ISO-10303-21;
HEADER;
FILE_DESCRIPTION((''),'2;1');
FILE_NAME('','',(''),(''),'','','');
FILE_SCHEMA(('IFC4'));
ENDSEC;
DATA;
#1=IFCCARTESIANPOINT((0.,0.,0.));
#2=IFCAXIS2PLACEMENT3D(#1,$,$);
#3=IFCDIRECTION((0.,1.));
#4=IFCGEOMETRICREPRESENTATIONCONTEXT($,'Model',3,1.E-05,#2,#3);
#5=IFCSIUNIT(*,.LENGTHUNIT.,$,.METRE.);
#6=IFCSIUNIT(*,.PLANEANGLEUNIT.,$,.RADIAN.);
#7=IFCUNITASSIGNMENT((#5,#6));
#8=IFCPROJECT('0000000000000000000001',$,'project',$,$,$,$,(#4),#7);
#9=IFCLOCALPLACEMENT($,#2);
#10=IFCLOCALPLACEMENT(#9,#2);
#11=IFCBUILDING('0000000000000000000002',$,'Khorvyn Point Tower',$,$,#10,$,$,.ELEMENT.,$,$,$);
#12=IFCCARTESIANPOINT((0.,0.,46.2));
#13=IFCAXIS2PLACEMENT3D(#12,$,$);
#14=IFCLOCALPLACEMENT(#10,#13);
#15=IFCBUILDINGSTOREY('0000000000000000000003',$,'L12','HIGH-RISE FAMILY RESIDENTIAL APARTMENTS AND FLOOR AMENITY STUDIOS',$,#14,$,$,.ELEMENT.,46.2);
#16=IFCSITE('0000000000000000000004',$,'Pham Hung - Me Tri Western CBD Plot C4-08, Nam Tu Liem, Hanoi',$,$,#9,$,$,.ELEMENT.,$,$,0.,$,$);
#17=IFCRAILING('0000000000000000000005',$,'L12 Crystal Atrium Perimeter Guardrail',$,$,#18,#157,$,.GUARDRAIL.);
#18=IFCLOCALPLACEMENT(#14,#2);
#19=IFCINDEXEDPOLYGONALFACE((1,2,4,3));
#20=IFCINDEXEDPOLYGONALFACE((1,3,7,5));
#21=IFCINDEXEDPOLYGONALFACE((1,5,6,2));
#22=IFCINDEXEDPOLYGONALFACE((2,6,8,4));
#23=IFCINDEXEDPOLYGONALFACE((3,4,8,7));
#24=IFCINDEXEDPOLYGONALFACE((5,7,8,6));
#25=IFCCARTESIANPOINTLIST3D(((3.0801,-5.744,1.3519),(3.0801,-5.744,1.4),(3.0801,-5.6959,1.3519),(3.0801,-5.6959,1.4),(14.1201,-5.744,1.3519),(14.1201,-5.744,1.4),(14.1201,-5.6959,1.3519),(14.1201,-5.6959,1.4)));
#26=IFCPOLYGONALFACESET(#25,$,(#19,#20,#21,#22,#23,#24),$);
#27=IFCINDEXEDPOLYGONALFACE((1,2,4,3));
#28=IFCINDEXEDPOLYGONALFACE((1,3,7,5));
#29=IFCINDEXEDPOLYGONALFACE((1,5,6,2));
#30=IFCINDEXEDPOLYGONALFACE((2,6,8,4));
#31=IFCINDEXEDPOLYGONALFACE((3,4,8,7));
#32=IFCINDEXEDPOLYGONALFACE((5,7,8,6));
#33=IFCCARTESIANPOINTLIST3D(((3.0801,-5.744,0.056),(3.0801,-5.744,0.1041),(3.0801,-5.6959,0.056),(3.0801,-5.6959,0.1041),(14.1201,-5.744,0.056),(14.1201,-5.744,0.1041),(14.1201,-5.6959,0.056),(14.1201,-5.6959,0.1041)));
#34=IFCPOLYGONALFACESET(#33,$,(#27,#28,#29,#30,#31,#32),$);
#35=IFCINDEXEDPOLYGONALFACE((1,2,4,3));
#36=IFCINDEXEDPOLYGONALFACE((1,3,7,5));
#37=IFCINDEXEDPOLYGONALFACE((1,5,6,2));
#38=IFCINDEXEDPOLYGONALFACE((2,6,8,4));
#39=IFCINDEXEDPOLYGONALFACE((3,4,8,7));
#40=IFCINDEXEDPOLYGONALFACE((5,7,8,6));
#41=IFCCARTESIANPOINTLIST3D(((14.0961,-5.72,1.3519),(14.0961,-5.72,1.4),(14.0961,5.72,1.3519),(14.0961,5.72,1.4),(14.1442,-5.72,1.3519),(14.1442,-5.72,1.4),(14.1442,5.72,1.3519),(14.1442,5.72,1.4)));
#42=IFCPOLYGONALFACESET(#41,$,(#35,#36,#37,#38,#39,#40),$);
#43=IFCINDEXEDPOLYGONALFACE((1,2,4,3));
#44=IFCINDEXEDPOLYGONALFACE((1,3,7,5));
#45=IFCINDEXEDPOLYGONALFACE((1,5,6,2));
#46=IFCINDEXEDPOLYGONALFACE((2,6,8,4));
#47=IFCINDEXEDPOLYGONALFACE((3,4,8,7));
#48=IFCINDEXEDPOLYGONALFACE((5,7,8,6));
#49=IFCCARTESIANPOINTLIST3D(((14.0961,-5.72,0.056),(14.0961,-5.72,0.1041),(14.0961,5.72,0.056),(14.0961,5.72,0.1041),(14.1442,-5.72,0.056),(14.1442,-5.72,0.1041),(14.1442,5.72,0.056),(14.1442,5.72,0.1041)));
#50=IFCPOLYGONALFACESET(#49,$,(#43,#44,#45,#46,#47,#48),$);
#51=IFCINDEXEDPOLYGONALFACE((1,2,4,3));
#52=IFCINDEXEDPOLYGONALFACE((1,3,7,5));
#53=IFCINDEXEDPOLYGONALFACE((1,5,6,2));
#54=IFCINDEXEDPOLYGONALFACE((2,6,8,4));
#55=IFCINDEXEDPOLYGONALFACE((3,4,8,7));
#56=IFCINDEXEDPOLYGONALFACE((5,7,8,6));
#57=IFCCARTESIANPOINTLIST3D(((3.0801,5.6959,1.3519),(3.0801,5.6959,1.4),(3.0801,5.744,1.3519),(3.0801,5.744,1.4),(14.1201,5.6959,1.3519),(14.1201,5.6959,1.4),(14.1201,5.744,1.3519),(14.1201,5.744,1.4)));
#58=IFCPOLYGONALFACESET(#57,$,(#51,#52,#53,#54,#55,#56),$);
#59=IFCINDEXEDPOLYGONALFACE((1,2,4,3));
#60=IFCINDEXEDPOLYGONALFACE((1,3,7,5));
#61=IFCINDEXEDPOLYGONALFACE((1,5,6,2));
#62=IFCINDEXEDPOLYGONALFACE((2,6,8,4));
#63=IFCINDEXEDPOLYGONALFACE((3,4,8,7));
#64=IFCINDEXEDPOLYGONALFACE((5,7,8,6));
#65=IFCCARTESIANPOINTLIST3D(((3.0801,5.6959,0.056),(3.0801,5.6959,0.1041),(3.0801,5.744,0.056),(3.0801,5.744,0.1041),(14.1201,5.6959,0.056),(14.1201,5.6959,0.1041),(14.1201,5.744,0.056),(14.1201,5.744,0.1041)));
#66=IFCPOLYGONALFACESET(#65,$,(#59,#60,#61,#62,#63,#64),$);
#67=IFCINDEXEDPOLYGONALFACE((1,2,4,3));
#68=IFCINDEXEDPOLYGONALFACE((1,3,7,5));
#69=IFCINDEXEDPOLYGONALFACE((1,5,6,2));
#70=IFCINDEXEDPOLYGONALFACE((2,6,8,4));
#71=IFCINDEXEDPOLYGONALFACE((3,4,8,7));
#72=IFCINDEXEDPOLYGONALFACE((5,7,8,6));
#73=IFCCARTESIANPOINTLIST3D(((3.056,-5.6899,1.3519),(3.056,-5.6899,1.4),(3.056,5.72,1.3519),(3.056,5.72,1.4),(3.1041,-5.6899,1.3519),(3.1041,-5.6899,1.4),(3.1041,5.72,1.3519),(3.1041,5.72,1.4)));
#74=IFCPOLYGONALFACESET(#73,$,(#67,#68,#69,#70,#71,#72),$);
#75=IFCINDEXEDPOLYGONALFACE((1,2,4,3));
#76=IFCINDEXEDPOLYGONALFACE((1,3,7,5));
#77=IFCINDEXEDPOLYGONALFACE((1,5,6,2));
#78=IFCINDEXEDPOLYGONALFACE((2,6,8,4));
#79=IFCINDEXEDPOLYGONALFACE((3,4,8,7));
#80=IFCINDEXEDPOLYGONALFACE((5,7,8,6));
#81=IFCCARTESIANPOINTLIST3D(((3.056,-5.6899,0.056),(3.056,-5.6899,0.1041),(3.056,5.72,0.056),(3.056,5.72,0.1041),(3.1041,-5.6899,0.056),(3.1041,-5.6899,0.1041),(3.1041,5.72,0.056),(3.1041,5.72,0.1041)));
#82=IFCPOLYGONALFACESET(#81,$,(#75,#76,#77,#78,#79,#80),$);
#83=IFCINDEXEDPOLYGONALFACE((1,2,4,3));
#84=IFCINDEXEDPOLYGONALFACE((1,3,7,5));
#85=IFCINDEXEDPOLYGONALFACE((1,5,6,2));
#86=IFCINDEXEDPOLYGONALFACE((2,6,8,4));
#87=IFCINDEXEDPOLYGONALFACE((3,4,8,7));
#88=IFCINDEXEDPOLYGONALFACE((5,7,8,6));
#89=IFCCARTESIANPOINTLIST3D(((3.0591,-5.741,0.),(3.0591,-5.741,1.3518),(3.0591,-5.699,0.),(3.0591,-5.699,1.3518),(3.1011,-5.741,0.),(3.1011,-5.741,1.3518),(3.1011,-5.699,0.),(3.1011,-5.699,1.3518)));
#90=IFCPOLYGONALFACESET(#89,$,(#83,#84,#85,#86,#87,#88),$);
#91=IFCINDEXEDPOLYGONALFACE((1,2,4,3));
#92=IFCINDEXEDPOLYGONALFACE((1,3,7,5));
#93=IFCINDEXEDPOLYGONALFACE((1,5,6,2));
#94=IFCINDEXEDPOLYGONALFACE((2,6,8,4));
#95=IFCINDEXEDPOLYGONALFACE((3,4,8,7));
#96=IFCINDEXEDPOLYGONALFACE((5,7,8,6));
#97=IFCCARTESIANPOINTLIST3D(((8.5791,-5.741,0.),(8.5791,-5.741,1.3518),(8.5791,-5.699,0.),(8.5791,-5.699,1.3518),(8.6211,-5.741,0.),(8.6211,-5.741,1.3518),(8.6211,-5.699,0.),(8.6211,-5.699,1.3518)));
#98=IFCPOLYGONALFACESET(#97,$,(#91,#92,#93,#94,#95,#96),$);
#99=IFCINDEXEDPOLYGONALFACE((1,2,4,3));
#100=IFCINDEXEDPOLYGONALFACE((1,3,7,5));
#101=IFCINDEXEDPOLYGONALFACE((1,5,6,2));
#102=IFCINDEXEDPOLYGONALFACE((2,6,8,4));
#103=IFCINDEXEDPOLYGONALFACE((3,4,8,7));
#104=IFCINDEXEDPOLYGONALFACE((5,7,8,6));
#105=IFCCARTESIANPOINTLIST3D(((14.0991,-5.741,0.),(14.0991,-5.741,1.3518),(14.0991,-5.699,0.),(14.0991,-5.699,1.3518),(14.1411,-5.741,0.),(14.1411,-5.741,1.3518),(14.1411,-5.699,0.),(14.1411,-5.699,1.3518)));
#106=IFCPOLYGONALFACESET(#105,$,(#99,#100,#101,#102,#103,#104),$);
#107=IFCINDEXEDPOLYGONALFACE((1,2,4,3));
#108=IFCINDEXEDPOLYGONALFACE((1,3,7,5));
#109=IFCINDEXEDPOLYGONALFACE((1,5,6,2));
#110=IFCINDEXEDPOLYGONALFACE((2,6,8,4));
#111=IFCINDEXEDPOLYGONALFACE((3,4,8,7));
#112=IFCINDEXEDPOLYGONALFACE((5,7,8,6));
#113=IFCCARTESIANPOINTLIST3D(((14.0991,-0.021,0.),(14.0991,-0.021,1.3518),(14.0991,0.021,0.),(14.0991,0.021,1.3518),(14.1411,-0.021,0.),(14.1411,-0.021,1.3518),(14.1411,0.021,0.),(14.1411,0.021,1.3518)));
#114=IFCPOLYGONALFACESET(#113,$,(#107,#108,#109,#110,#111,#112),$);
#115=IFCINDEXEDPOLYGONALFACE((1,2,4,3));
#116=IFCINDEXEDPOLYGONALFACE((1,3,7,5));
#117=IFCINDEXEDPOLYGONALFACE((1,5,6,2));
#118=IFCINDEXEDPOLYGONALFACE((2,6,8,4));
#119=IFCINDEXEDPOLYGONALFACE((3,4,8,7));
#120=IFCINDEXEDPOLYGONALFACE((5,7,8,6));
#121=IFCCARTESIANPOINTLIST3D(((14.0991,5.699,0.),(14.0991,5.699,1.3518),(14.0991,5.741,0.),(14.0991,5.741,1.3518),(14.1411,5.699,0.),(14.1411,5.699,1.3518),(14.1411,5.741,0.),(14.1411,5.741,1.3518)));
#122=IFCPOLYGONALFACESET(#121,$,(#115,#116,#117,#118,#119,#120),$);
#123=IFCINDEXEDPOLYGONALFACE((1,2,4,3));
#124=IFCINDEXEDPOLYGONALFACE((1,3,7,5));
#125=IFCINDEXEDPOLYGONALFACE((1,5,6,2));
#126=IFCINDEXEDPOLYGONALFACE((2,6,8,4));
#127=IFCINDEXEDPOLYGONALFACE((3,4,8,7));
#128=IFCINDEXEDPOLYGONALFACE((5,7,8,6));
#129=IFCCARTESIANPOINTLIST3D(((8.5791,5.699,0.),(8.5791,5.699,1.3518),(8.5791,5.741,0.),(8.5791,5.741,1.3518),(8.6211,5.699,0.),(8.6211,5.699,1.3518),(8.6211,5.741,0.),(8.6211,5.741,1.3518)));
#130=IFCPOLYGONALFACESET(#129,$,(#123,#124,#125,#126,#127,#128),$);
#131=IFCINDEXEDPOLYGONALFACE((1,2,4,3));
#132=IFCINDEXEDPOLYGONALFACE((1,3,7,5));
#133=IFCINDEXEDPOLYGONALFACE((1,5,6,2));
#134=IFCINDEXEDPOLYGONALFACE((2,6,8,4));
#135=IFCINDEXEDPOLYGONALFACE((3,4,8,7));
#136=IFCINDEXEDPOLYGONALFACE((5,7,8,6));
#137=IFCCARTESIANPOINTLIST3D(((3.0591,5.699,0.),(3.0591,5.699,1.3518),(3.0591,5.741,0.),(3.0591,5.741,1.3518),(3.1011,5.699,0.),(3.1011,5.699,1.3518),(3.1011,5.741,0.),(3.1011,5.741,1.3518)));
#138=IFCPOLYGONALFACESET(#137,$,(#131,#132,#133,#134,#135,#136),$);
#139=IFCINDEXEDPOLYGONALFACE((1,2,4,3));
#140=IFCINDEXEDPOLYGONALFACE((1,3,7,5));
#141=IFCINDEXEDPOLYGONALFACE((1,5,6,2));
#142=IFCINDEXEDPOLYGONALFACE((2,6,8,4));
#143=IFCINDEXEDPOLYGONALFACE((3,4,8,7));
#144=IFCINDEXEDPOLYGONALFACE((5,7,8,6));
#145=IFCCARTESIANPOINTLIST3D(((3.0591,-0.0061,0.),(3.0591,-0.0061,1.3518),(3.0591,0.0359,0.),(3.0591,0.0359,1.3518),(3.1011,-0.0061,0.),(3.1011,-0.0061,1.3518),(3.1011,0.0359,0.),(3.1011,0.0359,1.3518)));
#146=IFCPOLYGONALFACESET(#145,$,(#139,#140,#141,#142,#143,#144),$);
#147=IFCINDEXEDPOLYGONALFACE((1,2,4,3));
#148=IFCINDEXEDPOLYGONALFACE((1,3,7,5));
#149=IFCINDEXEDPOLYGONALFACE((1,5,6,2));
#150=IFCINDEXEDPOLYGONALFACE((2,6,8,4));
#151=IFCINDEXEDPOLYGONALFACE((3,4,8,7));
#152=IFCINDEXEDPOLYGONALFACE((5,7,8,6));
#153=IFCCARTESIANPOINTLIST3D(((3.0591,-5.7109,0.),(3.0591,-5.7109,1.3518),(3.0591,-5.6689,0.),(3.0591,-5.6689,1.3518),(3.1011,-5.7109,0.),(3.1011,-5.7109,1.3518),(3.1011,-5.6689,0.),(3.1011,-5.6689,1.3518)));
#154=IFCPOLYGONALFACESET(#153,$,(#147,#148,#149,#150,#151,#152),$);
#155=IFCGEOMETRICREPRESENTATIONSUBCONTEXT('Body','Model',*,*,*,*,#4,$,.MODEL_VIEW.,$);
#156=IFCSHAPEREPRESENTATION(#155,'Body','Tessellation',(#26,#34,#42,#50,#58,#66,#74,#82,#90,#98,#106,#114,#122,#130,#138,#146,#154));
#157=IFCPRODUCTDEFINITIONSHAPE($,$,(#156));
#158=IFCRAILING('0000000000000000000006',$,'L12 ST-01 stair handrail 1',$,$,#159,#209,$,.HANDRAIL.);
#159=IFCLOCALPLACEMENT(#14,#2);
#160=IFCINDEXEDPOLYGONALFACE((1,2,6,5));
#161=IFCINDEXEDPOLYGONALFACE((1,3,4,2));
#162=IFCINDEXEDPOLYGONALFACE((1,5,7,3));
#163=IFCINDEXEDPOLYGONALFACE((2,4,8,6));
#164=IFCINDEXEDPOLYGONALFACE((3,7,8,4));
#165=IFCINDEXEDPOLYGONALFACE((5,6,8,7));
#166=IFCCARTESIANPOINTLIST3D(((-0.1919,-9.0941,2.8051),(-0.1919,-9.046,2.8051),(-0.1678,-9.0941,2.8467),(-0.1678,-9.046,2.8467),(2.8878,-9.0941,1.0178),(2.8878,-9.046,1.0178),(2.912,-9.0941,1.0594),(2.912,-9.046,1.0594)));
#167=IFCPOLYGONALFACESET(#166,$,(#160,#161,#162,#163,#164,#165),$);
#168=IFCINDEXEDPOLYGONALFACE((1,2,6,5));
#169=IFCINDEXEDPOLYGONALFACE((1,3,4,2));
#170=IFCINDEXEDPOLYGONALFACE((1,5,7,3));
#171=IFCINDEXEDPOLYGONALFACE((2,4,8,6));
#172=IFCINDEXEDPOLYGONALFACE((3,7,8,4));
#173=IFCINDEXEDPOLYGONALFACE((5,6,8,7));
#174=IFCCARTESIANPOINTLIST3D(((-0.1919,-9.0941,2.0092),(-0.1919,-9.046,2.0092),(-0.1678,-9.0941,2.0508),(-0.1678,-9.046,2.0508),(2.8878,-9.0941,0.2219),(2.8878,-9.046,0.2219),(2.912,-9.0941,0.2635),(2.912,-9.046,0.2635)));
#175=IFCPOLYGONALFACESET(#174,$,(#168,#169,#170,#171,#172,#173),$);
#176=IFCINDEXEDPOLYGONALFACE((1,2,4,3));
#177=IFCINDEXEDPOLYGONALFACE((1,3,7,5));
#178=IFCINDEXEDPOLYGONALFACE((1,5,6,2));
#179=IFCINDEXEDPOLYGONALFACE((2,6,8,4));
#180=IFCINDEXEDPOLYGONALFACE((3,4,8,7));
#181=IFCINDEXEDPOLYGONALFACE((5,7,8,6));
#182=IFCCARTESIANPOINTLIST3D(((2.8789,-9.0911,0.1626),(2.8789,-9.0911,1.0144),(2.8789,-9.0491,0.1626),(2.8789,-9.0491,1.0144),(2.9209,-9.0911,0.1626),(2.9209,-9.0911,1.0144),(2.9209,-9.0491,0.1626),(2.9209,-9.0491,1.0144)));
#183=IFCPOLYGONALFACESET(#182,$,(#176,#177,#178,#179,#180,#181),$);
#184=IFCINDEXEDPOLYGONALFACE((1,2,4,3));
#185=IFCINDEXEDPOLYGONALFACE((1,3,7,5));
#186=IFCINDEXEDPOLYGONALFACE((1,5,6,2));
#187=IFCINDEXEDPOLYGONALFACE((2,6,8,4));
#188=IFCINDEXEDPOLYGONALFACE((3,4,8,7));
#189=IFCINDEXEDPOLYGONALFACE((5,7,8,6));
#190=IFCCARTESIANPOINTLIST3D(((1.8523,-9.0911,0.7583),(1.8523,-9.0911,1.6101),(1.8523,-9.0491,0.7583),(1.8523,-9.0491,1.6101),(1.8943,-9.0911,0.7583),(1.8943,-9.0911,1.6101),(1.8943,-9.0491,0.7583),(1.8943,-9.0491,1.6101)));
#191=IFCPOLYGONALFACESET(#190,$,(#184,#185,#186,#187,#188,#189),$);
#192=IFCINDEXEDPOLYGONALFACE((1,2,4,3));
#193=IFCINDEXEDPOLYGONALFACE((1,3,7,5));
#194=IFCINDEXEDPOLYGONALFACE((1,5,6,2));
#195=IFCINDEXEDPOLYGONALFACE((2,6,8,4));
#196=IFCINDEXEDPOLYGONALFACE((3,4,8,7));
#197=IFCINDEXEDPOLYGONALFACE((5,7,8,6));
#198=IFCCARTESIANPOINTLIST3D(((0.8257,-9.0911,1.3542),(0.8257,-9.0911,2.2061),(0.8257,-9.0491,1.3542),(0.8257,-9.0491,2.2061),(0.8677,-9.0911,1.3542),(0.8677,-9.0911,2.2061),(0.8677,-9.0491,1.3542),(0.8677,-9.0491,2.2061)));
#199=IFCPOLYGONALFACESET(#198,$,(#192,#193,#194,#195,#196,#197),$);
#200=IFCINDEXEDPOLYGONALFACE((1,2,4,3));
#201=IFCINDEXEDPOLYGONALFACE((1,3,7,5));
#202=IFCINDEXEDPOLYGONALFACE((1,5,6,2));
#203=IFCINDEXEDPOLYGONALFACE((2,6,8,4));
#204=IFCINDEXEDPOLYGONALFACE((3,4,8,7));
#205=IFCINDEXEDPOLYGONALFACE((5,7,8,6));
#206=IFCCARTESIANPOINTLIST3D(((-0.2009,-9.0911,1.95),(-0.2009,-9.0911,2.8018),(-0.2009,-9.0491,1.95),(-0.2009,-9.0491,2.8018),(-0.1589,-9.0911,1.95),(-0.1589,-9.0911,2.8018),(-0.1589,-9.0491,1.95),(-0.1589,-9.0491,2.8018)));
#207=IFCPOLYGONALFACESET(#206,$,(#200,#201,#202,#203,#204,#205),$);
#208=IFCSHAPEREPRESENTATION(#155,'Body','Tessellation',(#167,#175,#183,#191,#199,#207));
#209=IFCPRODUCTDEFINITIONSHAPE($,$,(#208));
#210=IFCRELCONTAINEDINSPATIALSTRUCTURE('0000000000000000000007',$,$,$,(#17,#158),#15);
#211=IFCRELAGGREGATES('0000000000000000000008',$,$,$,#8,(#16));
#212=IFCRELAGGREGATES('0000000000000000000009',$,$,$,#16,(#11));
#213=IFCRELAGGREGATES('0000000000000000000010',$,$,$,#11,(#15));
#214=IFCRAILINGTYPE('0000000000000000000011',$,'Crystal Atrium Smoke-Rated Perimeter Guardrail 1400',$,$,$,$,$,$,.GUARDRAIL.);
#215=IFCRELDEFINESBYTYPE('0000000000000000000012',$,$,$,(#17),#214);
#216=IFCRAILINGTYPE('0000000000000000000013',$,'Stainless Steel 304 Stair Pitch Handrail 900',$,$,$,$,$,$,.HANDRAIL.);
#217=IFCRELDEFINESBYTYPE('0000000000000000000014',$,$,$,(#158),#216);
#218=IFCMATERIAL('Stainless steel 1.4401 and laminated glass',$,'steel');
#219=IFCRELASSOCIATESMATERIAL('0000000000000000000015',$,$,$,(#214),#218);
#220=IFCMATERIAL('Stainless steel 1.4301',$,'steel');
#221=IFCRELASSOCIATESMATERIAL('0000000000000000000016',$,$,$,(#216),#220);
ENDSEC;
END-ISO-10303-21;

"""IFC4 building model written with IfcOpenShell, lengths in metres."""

from ifc_helpers import new_model, si_unit, direction, frame, origin, origin_2d, place, context, subcontext, project, spatial, rectangle, extrude, material, type_object, element, save


model = new_model("IFC4")

# Units and contexts
model_context = context("Model", 3, precision=1e-05, world=origin(), true_north=direction((0.0, 1.0)))
body_context = subcontext(model_context, "Body", "Model", "MODEL_VIEW")
ifc_project = project(units=[si_unit("LENGTHUNIT", "METRE"), si_unit("PLANEANGLEUNIT", "RADIAN")], contexts=[model_context])

# Site, building, storey
site_placement = place(None, origin())
site = spatial("IfcSite", under=ifc_project, at=site_placement, Name="Pham Hung - Me Tri Western CBD Plot C4-08, Nam Tu Liem, Hanoi", CompositionType="ELEMENT", RefElevation=0.0)
building_placement = place(site_placement, origin())
building = spatial("IfcBuilding", under=site, at=building_placement, Name="Khorvyn Point Tower", CompositionType="ELEMENT")
storey_placement = place(building_placement, frame((0.0, 0.0, 46.2)))
storey = spatial("IfcBuildingStorey", under=building, at=storey_placement, Name="L12", Description="HIGH-RISE FAMILY RESIDENTIAL APARTMENTS AND FLOOR AMENITY STUDIOS", CompositionType="ELEMENT", Elevation=46.2)

# Shared definitions
ifc_material_1 = material(Name="Stainless steel 1.4301", Category="steel")

# Railings
ifc_material_2 = material(Name="Stainless steel 1.4401 and laminated glass", Category="steel")
railing_type_1 = type_object("IfcRailingType", Name="Crystal Atrium Smoke-Rated Perimeter Guardrail 1400", PredefinedType="GUARDRAIL", material=ifc_material_2)
railing_1_placement = place(storey_placement, frame((3.0801, -5.72, 0.0)))
element("IfcRailing", 1, at=railing_1_placement, inside=storey, type_object=railing_type_1, Name="L12 Crystal Atrium Perimeter Guardrail", PredefinedType="GUARDRAIL", context=body_context, shape_type="SweptSolid", body=[
    extrude(rectangle(XDim=0.0481, YDim=0.0481, at=origin_2d()), frame((0.0, 0.0, 1.376), z_axis=(1.0, 0.0, 0.0), x_axis=(0.0, 1.0, 0.0)), (0.0, 0.0, 1.0), 11.04),
    extrude(rectangle(XDim=0.0481, YDim=0.0481, at=origin_2d()), frame((0.0, 0.0, 0.0801), z_axis=(1.0, 0.0, 0.0), x_axis=(0.0, 1.0, 0.0)), (0.0, 0.0, 1.0), 11.04),
    extrude(rectangle(XDim=0.0481, YDim=0.0481, at=origin_2d()), frame((11.04, 0.0, 1.376), z_axis=(0.0, 1.0, 0.0), x_axis=(-1.0, 0.0, 0.0)), (0.0, 0.0, 1.0), 11.4399),
    extrude(rectangle(XDim=0.0481, YDim=0.0481, at=origin_2d()), frame((11.04, 0.0, 0.0801), z_axis=(0.0, 1.0, 0.0), x_axis=(-1.0, 0.0, 0.0)), (0.0, 0.0, 1.0), 11.4399),
    extrude(rectangle(XDim=0.0481, YDim=0.0481, at=origin_2d()), frame((11.04, 11.4399, 1.376), z_axis=(-1.0, 0.0, 0.0), x_axis=(0.0, -1.0, 0.0)), (0.0, 0.0, 1.0), 11.04),
    extrude(rectangle(XDim=0.0481, YDim=0.0481, at=origin_2d()), frame((11.04, 11.4399, 0.0801), z_axis=(-1.0, 0.0, 0.0), x_axis=(0.0, -1.0, 0.0)), (0.0, 0.0, 1.0), 11.04),
    extrude(rectangle(XDim=0.0481, YDim=0.0481, at=origin_2d()), frame((0.0, 11.4399, 1.376), z_axis=(0.0, -1.0, 0.0), x_axis=(1.0, 0.0, 0.0)), (0.0, 0.0, 1.0), 11.4099),
    extrude(rectangle(XDim=0.0481, YDim=0.0481, at=origin_2d()), frame((0.0, 11.4399, 0.0801), z_axis=(0.0, -1.0, 0.0), x_axis=(1.0, 0.0, 0.0)), (0.0, 0.0, 1.0), 11.4099),
    extrude(rectangle(XDim=0.042, YDim=0.042, at=origin_2d()), origin(), (0.0, 0.0, 1.0), 1.3518),
    extrude(rectangle(XDim=0.042, YDim=0.042, at=origin_2d()), frame((5.52, 0.0, 0.0)), (0.0, 0.0, 1.0), 1.3518),
    extrude(rectangle(XDim=0.042, YDim=0.042, at=origin_2d()), frame((11.04, 0.0, 0.0)), (0.0, 0.0, 1.0), 1.3518),
    extrude(rectangle(XDim=0.042, YDim=0.042, at=origin_2d()), frame((11.04, 5.72, 0.0)), (0.0, 0.0, 1.0), 1.3518),
    extrude(rectangle(XDim=0.042, YDim=0.042, at=origin_2d()), frame((11.04, 11.4399, 0.0)), (0.0, 0.0, 1.0), 1.3518),
    extrude(rectangle(XDim=0.042, YDim=0.042, at=origin_2d()), frame((5.52, 11.4399, 0.0)), (0.0, 0.0, 1.0), 1.3518),
    extrude(rectangle(XDim=0.042, YDim=0.042, at=origin_2d()), frame((0.0, 11.4399, 0.0)), (0.0, 0.0, 1.0), 1.3518),
    extrude(rectangle(XDim=0.042, YDim=0.042, at=origin_2d()), frame((0.0, 5.7349, 0.0)), (0.0, 0.0, 1.0), 1.3518),
    extrude(rectangle(XDim=0.042, YDim=0.042, at=origin_2d()), frame((0.0, 0.03, 0.0)), (0.0, 0.0, 1.0), 1.3518),
])
railing_type_2 = type_object("IfcRailingType", Name="Stainless Steel 304 Stair Pitch Handrail 900", PredefinedType="HANDRAIL", material=ifc_material_1)
railing_2_placement = place(storey_placement, frame((2.8999, -9.0701, 0.1626)))
element("IfcRailing", 2, at=railing_2_placement, inside=storey, type_object=railing_type_2, Name="L12 ST-01 stair handrail 1", PredefinedType="HANDRAIL", context=body_context, shape_type="SweptSolid", body=[
    extrude(rectangle(XDim=0.0481, YDim=0.0481, at=origin_2d()), frame((0.0, 0.0, 0.876), z_axis=(-0.864903, 0.0, 0.501939), x_axis=(0.0, -1.0, 0.0)), (0.0, 0.0, 1.0), 3.5608),
    extrude(rectangle(XDim=0.0481, YDim=0.0481, at=origin_2d()), frame((0.0, 0.0, 0.0801), z_axis=(-0.864903, 0.0, 0.501939), x_axis=(0.0, -1.0, 0.0)), (0.0, 0.0, 1.0), 3.5608),
    extrude(rectangle(XDim=0.042, YDim=0.042, at=origin_2d()), origin(), (0.0, 0.0, 1.0), 0.8518),
    extrude(rectangle(XDim=0.042, YDim=0.042, at=origin_2d()), frame((-1.0266, 0.0, 0.5957)), (0.0, 0.0, 1.0), 0.8518),
    extrude(rectangle(XDim=0.042, YDim=0.042, at=origin_2d()), frame((-2.0532, 0.0, 1.1917)), (0.0, 0.0, 1.0), 0.8518),
    extrude(rectangle(XDim=0.042, YDim=0.042, at=origin_2d()), frame((-3.0798, 0.0, 1.7874)), (0.0, 0.0, 1.0), 0.8518),
])

save(model, "model.ifc")
